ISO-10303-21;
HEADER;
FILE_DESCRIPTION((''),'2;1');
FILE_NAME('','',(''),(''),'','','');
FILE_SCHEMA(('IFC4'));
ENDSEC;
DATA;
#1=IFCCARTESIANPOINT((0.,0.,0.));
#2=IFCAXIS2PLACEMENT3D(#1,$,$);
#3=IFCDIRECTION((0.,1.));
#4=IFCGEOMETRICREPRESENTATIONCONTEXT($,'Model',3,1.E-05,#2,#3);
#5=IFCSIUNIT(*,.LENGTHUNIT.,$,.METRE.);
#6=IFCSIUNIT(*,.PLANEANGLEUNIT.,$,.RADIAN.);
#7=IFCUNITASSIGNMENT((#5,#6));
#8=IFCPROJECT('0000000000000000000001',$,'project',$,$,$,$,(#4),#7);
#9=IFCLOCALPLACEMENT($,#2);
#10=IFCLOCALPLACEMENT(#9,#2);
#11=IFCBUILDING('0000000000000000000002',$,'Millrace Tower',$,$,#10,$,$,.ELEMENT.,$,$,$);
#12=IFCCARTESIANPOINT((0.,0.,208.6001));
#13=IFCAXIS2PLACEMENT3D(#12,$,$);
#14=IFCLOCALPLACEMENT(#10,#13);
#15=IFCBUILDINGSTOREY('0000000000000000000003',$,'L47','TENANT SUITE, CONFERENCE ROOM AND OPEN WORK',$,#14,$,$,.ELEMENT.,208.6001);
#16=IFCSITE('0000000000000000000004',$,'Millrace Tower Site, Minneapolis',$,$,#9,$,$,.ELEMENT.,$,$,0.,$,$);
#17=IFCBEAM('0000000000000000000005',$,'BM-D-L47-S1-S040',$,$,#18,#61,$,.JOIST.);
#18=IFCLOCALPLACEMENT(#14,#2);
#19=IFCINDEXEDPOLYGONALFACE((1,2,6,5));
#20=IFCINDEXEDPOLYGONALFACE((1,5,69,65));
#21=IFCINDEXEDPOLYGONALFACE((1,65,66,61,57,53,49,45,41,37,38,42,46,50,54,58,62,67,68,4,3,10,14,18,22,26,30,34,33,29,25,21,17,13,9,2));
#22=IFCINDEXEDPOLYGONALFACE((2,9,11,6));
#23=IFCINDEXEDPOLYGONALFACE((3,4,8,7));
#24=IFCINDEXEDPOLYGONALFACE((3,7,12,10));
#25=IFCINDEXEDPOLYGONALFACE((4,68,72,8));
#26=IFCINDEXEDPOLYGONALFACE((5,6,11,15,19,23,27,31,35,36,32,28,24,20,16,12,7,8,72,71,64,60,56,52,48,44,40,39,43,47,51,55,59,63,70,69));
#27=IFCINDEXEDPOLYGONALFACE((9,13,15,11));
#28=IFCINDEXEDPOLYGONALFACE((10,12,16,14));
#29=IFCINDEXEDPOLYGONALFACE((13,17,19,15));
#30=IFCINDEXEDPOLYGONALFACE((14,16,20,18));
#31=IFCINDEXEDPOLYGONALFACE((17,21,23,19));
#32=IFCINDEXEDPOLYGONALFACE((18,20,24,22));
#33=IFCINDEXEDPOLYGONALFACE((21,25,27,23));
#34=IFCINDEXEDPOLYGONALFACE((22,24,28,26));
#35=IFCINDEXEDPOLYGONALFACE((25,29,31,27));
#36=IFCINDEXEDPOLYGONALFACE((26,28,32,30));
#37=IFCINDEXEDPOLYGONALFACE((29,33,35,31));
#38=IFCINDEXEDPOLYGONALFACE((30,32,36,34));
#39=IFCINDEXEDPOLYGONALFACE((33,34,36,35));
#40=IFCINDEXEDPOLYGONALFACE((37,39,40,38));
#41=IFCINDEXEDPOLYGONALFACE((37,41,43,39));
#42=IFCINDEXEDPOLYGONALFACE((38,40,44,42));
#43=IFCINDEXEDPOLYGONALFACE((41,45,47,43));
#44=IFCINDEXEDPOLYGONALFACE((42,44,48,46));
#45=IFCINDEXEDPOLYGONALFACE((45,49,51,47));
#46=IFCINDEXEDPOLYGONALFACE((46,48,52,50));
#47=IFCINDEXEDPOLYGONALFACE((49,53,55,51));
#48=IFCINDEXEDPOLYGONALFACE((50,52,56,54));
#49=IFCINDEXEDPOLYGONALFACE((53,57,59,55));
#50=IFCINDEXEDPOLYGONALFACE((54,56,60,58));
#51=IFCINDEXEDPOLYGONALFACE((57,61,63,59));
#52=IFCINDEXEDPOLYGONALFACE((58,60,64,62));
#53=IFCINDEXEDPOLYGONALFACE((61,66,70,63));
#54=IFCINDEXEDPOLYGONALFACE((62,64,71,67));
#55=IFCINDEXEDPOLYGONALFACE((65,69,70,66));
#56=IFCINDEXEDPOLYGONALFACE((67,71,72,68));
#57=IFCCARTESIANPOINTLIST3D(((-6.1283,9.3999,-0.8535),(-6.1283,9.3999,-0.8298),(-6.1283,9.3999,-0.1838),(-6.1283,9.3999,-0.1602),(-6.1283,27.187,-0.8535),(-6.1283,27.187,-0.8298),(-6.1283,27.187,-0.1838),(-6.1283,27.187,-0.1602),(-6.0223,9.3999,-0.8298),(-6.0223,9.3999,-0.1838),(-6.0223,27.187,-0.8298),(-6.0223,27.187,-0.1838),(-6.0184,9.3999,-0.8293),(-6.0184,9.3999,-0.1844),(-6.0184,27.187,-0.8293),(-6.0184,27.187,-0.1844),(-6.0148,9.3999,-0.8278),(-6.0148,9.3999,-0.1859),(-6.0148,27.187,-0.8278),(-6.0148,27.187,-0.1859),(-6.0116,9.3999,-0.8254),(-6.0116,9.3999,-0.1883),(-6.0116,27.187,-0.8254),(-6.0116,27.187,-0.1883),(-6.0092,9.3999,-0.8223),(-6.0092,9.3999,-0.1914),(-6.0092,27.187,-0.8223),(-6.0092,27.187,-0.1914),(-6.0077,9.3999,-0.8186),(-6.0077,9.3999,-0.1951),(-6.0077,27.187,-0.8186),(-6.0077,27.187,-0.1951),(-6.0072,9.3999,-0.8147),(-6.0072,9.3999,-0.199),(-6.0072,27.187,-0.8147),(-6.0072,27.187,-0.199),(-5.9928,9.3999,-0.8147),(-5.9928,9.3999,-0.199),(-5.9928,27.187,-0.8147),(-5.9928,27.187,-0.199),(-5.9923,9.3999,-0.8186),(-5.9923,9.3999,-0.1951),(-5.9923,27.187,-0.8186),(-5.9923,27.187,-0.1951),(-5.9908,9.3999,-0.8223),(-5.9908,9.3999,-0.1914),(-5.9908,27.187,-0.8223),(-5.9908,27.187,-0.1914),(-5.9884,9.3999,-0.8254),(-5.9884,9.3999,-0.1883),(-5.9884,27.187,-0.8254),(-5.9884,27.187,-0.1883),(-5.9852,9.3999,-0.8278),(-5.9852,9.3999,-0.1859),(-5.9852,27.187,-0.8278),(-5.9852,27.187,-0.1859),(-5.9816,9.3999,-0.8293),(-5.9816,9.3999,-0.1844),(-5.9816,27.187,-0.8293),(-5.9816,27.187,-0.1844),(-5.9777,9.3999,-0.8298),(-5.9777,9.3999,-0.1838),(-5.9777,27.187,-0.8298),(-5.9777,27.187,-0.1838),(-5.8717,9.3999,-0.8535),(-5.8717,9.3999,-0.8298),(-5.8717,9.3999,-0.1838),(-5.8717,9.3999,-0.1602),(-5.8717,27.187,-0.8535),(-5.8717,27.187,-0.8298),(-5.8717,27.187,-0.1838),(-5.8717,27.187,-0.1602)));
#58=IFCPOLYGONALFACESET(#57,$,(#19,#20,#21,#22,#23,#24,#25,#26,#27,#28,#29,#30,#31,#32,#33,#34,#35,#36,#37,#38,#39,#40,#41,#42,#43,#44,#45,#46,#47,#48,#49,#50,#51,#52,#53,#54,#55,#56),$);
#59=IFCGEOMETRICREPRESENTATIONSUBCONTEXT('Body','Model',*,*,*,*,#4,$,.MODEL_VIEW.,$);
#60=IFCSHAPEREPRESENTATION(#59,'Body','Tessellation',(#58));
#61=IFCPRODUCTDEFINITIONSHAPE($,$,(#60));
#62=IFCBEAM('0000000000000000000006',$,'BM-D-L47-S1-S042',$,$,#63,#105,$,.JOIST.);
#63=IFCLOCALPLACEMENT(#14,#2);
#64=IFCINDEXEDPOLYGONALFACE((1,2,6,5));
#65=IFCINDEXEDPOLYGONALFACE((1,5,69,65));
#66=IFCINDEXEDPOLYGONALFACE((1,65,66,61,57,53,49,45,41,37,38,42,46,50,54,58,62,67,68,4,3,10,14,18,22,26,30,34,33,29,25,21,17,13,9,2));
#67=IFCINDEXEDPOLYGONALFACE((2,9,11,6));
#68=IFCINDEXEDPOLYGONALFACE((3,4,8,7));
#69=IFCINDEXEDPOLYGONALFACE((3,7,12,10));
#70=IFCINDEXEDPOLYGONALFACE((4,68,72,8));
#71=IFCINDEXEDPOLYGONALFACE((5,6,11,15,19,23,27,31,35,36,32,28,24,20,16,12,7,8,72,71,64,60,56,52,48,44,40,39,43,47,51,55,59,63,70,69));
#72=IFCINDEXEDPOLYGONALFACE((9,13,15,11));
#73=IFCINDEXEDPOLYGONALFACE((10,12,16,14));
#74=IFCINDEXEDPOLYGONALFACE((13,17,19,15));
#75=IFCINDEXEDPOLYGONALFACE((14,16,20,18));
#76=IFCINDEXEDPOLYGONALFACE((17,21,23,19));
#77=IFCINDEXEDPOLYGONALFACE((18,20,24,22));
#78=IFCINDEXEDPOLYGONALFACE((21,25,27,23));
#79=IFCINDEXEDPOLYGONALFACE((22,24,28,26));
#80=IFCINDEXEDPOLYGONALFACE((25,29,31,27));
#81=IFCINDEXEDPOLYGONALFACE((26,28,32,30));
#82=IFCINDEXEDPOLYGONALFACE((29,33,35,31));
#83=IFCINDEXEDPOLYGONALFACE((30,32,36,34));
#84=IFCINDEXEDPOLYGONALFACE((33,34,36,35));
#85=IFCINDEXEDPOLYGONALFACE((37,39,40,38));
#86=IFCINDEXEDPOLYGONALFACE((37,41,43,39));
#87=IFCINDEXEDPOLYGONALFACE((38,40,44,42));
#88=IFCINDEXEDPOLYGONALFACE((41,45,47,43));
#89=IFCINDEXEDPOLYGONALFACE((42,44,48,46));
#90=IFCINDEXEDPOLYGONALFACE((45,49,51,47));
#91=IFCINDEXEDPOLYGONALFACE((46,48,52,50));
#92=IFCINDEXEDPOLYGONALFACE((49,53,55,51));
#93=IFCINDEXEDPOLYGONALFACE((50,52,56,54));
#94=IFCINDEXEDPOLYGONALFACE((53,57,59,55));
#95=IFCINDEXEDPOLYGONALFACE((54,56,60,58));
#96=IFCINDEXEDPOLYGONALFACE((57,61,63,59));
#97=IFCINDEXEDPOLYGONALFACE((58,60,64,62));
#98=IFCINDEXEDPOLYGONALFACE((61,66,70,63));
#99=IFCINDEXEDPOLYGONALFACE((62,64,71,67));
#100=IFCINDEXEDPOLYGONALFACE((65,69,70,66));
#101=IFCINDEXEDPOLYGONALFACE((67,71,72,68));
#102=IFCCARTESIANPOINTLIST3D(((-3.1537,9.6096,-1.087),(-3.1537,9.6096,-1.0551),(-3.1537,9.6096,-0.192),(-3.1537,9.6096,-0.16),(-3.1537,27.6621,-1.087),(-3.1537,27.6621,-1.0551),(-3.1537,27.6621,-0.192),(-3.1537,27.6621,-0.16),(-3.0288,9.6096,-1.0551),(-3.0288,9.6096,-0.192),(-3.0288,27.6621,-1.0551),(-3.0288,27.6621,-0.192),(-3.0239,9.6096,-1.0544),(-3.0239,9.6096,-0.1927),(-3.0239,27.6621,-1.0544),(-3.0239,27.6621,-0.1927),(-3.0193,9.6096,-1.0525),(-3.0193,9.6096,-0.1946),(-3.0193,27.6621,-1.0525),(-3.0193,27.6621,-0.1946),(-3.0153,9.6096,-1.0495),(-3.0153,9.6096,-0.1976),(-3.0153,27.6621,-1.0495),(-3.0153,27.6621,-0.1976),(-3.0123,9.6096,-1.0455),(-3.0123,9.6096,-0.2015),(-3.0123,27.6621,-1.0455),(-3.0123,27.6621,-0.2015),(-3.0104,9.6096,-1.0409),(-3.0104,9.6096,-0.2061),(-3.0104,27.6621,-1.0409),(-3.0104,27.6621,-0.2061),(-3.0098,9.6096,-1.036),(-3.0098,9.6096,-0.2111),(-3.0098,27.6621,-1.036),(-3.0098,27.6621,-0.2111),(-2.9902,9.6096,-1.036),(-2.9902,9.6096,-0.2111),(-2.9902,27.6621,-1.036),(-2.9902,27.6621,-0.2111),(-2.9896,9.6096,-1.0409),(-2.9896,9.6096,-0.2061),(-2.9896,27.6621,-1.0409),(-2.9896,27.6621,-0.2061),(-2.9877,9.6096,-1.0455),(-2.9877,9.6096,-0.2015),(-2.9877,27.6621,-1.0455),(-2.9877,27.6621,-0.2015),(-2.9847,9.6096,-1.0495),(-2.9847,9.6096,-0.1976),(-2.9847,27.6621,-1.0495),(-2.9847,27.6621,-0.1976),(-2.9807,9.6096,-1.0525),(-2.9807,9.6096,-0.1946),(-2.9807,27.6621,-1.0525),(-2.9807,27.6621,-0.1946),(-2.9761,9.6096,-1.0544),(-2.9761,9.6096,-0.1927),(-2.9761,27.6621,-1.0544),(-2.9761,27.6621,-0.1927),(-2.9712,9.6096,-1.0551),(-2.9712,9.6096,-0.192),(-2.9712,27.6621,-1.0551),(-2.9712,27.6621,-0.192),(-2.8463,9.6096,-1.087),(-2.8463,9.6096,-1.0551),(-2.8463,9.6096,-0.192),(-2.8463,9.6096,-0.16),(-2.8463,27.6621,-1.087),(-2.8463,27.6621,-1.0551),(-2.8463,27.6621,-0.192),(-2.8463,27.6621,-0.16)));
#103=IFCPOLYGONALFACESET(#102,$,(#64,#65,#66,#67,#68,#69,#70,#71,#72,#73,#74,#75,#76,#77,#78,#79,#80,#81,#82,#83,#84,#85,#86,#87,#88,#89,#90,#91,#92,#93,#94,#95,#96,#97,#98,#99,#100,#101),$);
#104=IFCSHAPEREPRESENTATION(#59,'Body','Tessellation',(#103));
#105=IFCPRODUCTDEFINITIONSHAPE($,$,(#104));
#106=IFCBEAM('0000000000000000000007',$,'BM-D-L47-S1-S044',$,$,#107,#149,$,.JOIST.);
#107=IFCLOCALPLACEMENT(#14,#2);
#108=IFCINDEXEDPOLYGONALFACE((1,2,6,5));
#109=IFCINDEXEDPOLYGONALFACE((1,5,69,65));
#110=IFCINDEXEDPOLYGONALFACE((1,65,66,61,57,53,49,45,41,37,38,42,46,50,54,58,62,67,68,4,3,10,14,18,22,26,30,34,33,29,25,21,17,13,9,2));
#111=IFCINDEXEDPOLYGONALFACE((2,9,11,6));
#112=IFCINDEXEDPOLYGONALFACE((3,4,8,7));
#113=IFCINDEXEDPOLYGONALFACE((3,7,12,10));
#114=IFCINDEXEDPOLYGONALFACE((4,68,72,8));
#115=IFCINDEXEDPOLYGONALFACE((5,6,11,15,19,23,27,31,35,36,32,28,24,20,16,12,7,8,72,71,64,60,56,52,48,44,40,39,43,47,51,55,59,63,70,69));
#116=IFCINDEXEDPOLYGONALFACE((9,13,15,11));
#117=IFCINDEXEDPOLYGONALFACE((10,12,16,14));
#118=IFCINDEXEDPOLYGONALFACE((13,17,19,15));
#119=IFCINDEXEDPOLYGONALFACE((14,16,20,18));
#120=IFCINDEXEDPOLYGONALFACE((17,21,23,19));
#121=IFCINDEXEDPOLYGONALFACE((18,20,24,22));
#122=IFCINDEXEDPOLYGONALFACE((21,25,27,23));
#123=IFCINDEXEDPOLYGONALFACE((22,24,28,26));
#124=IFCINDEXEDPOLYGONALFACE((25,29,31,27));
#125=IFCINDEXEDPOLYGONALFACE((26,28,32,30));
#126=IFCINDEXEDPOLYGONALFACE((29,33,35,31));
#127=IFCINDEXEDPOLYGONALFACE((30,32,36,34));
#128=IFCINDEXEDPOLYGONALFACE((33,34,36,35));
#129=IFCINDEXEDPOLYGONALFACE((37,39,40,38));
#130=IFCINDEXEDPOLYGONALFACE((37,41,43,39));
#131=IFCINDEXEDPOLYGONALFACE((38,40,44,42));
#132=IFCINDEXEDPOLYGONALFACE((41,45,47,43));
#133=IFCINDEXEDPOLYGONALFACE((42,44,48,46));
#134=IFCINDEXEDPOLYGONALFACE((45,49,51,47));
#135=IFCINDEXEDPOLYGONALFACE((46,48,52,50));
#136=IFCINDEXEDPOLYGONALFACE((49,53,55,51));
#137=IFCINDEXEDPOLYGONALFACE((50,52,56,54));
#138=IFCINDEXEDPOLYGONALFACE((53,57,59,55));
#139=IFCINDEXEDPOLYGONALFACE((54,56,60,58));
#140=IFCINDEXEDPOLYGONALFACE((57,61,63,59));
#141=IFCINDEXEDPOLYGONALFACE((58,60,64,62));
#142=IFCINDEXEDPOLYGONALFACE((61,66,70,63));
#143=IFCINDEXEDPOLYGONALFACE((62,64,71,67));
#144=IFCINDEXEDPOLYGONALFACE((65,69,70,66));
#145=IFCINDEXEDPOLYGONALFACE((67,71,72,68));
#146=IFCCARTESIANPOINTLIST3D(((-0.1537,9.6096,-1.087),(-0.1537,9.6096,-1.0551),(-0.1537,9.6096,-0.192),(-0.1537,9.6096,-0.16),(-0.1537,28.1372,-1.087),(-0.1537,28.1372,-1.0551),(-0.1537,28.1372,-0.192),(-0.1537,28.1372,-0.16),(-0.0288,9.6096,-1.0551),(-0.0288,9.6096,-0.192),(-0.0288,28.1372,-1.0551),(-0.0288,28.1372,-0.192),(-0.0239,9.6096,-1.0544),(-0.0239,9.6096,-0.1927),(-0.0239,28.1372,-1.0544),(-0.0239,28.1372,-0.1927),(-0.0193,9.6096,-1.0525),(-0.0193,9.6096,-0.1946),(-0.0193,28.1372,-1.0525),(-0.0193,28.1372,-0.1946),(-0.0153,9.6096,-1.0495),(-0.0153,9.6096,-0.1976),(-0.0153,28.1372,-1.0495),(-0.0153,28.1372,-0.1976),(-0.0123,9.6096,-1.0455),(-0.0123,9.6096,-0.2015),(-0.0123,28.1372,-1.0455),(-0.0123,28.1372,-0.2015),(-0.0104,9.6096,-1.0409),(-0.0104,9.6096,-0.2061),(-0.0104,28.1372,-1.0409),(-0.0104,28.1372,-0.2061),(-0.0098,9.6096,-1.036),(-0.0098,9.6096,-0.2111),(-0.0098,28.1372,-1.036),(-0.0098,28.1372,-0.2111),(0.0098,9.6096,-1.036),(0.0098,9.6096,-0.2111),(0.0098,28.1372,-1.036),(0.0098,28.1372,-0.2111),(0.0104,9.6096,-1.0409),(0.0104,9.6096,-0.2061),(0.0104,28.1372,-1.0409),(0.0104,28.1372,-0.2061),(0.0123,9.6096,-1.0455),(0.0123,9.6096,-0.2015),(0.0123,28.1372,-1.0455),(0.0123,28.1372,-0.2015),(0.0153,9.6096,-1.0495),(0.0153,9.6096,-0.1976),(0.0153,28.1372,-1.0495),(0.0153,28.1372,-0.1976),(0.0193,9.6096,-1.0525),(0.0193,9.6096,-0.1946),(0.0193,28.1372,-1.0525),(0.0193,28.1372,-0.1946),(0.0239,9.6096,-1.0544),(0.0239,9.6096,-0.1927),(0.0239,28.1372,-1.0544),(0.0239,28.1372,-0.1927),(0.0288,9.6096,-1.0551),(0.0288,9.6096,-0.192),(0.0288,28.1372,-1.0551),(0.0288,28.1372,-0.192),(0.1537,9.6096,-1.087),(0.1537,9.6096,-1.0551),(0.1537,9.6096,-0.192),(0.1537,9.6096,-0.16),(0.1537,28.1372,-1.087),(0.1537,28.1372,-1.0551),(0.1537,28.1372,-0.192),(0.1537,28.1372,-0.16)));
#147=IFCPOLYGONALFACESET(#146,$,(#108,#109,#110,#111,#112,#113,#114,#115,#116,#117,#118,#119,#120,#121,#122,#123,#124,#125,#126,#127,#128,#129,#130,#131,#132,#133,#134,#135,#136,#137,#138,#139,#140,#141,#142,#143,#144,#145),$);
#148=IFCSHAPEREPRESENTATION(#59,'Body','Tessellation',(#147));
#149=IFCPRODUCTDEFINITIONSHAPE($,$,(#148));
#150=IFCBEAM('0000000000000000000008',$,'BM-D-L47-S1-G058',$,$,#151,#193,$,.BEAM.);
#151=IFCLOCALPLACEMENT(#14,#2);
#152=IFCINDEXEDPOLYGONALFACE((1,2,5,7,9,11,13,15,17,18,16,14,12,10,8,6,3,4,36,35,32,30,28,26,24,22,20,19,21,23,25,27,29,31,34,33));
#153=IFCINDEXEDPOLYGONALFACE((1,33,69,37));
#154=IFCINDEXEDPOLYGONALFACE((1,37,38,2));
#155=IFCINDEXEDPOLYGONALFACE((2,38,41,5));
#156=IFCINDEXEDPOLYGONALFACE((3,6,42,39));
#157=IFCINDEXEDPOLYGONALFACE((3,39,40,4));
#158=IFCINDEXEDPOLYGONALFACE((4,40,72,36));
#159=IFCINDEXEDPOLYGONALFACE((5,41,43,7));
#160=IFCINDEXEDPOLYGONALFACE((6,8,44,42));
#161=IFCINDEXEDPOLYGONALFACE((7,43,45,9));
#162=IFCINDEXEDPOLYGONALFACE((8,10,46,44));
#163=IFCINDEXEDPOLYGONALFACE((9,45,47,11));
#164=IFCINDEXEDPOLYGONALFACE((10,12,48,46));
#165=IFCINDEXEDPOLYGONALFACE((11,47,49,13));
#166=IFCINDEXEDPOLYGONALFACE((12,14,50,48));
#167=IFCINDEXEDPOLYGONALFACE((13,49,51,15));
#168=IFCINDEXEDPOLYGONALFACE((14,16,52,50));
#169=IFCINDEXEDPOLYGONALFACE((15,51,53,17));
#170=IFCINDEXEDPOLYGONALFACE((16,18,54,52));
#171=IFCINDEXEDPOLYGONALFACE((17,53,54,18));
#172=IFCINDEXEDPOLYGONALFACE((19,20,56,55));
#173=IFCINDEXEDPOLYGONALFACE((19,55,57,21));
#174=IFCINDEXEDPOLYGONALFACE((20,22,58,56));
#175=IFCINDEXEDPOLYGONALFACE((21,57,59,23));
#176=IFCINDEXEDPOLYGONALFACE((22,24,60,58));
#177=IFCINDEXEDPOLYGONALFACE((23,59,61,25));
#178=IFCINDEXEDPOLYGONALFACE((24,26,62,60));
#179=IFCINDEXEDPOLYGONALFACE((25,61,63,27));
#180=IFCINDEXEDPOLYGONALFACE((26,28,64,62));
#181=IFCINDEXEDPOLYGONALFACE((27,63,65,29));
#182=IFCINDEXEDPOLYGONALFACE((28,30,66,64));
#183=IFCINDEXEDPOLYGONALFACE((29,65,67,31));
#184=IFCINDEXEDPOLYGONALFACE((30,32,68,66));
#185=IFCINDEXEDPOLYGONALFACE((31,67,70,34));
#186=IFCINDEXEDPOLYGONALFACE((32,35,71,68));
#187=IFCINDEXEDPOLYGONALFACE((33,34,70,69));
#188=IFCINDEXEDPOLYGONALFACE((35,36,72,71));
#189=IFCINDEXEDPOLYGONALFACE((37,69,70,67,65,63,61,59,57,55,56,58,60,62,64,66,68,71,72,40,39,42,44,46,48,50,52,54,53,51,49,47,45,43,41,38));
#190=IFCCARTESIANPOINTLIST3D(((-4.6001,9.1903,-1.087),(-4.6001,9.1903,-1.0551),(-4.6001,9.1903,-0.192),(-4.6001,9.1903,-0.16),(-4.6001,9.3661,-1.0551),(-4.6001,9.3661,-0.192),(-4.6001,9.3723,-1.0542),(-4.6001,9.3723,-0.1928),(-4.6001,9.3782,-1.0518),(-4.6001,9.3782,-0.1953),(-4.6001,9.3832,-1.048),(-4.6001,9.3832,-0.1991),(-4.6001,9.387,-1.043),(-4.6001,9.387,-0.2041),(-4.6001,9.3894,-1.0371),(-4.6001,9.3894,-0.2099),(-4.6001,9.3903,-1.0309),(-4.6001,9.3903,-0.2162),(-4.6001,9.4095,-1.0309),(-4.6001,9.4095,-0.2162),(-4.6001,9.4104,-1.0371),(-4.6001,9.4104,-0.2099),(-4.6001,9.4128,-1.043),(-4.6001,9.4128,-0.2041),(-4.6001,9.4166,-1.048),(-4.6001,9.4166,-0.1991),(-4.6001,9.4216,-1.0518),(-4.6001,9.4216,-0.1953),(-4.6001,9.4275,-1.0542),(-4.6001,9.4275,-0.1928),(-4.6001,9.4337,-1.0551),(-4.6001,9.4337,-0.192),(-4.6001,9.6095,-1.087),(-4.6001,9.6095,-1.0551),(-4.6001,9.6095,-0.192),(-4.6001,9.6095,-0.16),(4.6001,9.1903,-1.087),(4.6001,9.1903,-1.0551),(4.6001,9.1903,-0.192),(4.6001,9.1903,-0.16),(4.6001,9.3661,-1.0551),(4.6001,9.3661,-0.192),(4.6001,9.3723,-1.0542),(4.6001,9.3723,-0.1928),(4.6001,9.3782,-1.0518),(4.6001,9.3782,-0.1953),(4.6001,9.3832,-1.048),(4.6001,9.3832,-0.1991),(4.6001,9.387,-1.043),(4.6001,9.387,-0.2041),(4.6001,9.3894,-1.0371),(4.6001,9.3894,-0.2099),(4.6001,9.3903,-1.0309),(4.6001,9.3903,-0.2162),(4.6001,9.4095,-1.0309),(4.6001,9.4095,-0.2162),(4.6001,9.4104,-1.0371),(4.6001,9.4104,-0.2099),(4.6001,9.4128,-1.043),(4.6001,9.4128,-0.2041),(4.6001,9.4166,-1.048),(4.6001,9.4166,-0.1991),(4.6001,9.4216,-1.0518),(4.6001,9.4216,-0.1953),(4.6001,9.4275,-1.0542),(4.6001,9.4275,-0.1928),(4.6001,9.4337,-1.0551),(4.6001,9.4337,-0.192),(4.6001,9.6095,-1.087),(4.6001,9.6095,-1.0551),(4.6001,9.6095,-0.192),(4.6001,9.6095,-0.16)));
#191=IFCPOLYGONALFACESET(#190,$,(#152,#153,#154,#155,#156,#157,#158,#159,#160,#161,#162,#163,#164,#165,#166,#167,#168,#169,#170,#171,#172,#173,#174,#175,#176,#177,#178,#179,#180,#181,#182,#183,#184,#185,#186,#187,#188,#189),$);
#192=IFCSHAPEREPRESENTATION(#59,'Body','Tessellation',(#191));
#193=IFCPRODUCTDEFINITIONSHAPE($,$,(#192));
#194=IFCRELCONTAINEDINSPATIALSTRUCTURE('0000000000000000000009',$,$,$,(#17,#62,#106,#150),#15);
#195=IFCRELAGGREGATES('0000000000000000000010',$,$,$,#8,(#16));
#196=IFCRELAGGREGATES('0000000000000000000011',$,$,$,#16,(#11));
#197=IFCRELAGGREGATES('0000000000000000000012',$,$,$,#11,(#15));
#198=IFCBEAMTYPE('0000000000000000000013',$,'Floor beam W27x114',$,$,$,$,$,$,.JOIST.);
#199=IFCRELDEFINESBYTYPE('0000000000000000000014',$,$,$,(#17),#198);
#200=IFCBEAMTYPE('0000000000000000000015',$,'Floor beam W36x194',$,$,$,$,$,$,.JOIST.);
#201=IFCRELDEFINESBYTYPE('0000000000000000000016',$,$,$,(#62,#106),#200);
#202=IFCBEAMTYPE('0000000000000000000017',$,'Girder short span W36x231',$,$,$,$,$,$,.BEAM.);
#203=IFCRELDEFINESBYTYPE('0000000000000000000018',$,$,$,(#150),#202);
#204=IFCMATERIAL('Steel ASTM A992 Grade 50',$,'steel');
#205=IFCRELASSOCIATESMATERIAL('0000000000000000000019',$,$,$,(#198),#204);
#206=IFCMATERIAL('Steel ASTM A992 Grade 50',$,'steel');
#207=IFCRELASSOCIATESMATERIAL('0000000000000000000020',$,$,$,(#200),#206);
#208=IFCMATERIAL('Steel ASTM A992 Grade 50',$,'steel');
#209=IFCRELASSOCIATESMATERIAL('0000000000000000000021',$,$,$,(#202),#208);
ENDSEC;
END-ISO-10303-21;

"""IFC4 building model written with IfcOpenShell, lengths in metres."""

from ifc_helpers import new_model, si_unit, direction, frame, origin, origin_2d, place, context, subcontext, project, spatial, i_section, extrude, material, material_profile, profile_set, type_object, element, save


model = new_model("IFC4")

# Units and contexts
model_context = context("Model", 3, precision=1e-05, world=origin(), true_north=direction((0.0, 1.0)))
body_context = subcontext(model_context, "Body", "Model", "MODEL_VIEW")
ifc_project = project(units=[si_unit("LENGTHUNIT", "METRE"), si_unit("PLANEANGLEUNIT", "RADIAN")], contexts=[model_context])

# Site, building, storey
site_placement = place(None, origin())
site = spatial("IfcSite", under=ifc_project, at=site_placement, Name="Millrace Tower Site, Minneapolis", CompositionType="ELEMENT", RefElevation=0.0)
building_placement = place(site_placement, origin())
building = spatial("IfcBuilding", under=site, at=building_placement, Name="Millrace Tower", CompositionType="ELEMENT")
storey_placement = place(building_placement, frame((0.0, 0.0, 208.6001)))
storey = spatial("IfcBuildingStorey", under=building, at=storey_placement, Name="L47", Description="TENANT SUITE, CONFERENCE ROOM AND OPEN WORK", CompositionType="ELEMENT", Elevation=208.6001)

# Beams
ifc_material_1 = material(Name="Steel ASTM A992 Grade 50", Category="steel")
ifc_material_profile_1 = material_profile(ifc_material_1, i_section(OverallWidth=0.2566, OverallDepth=0.6934, WebThickness=0.0144, FlangeThickness=0.0237, FilletRadius=0.0151, at=origin_2d()))
ifc_profile_set_1 = profile_set([ifc_material_profile_1], Name="Steel ASTM A992 Grade 50")
beam_type_1 = type_object("IfcBeamType", Name="Floor beam W27x114", PredefinedType="JOIST", material=ifc_profile_set_1)
beam_1_placement = place(storey_placement, frame((-6.0, 9.3999, -0.5068), z_axis=(0.0, 1.0, 0.0), x_axis=(-1.0, 0.0, 0.0)))
element("IfcBeam", 1, at=beam_1_placement, inside=storey, type_object=beam_type_1, Name="BM-D-L47-S1-S040", PredefinedType="JOIST", context=body_context, shape_type="SweptSolid", body=[
    extrude(i_section(OverallWidth=0.2566, OverallDepth=0.6934, WebThickness=0.0144, FlangeThickness=0.0237, FilletRadius=0.0151, at=origin_2d()), origin(), (0.0, 0.0, 1.0), 17.7871),
])
ifc_material_2 = material(Name="Steel ASTM A992 Grade 50", Category="steel")
ifc_material_profile_2 = material_profile(ifc_material_2, i_section(OverallWidth=0.3074, OverallDepth=0.927, WebThickness=0.0195, FlangeThickness=0.032, FilletRadius=0.019, at=origin_2d()))
ifc_profile_set_2 = profile_set([ifc_material_profile_2], Name="Steel ASTM A992 Grade 50")
beam_type_2 = type_object("IfcBeamType", Name="Floor beam W36x194", PredefinedType="JOIST", material=ifc_profile_set_2)
beam_2_placement = place(storey_placement, frame((-3.0, 9.6096, -0.6235), z_axis=(0.0, 1.0, 0.0), x_axis=(-1.0, 0.0, 0.0)))
element("IfcBeam", 2, at=beam_2_placement, inside=storey, type_object=beam_type_2, Name="BM-D-L47-S1-S042", PredefinedType="JOIST", context=body_context, shape_type="SweptSolid", body=[
    extrude(i_section(OverallWidth=0.3074, OverallDepth=0.927, WebThickness=0.0195, FlangeThickness=0.032, FilletRadius=0.019, at=origin_2d()), origin(), (0.0, 0.0, 1.0), 18.0525),
])
beam_3_placement = place(storey_placement, frame((0.0, 9.6096, -0.6235), z_axis=(0.0, 1.0, 0.0), x_axis=(-1.0, 0.0, 0.0)))
element("IfcBeam", 3, at=beam_3_placement, inside=storey, type_object=beam_type_2, Name="BM-D-L47-S1-S044", PredefinedType="JOIST", context=body_context, shape_type="SweptSolid", body=[
    extrude(i_section(OverallWidth=0.3074, OverallDepth=0.927, WebThickness=0.0195, FlangeThickness=0.032, FilletRadius=0.019, at=origin_2d()), origin(), (0.0, 0.0, 1.0), 18.5276),
])
ifc_material_3 = material(Name="Steel ASTM A992 Grade 50", Category="steel")
ifc_material_profile_3 = material_profile(ifc_material_3, i_section(OverallWidth=0.4192, OverallDepth=0.927, WebThickness=0.0193, FlangeThickness=0.032, FilletRadius=0.0242, at=origin_2d()))
ifc_profile_set_3 = profile_set([ifc_material_profile_3], Name="Steel ASTM A992 Grade 50")
beam_type_3 = type_object("IfcBeamType", Name="Girder short span W36x231", PredefinedType="BEAM", material=ifc_profile_set_3)
beam_4_placement = place(storey_placement, frame((-4.6001, 9.3999, -0.6235), z_axis=(1.0, 0.0, 0.0), x_axis=(0.0, 1.0, 0.0)))
element("IfcBeam", 4, at=beam_4_placement, inside=storey, type_object=beam_type_3, Name="BM-D-L47-S1-G058", PredefinedType="BEAM", context=body_context, shape_type="SweptSolid", body=[
    extrude(i_section(OverallWidth=0.4192, OverallDepth=0.927, WebThickness=0.0193, FlangeThickness=0.032, FilletRadius=0.0242, at=origin_2d()), origin(), (0.0, 0.0, 1.0), 9.2002),
])

save(model, "model.ifc")
